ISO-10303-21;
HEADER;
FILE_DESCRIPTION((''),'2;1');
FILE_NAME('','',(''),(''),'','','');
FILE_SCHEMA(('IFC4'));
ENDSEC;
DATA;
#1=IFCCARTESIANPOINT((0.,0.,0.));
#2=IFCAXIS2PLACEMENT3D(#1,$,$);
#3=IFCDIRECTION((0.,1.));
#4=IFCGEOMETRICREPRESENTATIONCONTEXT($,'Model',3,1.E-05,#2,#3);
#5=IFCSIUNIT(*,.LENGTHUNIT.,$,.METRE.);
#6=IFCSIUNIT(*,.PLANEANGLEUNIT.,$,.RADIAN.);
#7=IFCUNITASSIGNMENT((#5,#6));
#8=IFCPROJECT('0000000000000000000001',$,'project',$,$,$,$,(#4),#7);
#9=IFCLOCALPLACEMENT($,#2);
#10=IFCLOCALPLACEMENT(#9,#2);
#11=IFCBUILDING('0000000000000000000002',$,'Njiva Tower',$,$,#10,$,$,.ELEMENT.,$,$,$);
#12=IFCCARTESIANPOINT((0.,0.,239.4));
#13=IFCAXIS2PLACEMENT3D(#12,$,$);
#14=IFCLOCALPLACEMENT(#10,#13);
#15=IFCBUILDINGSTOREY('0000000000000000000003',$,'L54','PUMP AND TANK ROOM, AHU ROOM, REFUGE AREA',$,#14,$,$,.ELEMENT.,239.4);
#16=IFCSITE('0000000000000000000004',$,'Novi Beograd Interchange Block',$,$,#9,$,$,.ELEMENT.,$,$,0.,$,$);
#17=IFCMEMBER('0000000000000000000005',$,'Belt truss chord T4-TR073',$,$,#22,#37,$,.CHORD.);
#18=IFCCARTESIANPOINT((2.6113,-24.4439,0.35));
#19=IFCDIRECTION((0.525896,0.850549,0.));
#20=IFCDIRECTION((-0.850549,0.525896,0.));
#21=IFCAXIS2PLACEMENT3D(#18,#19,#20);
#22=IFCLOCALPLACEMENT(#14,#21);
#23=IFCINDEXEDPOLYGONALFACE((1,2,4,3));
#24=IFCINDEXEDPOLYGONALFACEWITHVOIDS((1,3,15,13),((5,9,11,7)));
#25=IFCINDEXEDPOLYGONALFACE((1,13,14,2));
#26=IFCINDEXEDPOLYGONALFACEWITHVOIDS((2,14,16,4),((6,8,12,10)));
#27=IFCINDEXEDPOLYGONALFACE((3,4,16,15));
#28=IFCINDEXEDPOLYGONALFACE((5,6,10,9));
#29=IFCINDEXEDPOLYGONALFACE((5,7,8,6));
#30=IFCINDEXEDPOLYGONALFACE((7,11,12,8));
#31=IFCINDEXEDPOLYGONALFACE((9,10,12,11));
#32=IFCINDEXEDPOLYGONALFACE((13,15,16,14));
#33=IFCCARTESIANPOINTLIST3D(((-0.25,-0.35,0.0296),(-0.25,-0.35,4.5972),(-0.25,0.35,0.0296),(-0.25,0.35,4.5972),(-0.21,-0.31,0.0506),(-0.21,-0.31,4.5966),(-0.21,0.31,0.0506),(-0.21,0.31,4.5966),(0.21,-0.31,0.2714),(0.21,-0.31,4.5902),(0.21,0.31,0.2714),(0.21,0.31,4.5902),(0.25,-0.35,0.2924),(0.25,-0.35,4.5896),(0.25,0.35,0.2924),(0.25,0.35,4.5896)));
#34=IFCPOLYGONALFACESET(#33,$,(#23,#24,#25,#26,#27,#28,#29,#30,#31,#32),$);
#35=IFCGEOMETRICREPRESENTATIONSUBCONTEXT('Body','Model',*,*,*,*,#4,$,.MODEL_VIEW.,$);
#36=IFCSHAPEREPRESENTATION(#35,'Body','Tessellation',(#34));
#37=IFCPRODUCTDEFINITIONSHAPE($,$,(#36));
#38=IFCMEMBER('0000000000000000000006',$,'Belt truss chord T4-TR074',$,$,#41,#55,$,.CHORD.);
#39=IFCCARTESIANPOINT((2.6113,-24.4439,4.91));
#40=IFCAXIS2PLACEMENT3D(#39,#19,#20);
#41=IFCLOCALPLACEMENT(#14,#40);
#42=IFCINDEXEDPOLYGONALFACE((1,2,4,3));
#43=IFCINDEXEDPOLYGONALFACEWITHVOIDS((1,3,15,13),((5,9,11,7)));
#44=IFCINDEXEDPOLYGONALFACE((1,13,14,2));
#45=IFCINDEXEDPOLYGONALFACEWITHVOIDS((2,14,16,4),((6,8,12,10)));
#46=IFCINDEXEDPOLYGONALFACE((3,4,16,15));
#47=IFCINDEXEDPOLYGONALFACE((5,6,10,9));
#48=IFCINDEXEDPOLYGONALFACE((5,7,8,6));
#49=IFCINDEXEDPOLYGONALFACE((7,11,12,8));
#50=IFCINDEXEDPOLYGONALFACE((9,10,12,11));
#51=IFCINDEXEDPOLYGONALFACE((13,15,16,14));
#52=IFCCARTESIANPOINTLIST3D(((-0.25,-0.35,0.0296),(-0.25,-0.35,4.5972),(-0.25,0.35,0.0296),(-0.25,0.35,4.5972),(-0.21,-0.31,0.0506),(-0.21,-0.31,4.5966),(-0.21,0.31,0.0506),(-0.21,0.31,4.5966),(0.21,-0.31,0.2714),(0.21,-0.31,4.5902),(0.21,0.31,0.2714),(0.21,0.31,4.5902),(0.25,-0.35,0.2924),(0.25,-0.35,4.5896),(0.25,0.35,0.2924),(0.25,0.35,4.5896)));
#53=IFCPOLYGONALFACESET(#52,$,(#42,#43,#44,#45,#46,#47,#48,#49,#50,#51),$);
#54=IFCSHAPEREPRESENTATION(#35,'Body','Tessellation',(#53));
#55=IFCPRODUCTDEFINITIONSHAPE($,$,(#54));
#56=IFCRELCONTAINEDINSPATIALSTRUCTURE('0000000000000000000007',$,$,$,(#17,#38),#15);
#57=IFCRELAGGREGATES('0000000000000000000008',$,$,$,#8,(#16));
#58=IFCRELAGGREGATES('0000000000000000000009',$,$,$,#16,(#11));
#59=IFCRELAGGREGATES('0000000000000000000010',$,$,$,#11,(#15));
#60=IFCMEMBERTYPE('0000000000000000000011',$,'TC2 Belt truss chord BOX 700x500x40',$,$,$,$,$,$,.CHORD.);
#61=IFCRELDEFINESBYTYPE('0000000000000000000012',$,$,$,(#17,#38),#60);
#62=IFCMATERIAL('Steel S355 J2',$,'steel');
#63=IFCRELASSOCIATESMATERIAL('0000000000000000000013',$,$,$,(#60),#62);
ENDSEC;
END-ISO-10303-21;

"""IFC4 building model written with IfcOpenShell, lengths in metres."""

from ifc_helpers import new_model, si_unit, direction, frame, origin, origin_2d, place, context, subcontext, project, spatial, hollow_rectangle, extrude, clip, halfspace, material, material_profile, profile_set, type_object, element, save


model = new_model("IFC4")

# Units and contexts
model_context = context("Model", 3, precision=1e-05, world=origin(), true_north=direction((0.0, 1.0)))
body_context = subcontext(model_context, "Body", "Model", "MODEL_VIEW")
ifc_project = project(units=[si_unit("LENGTHUNIT", "METRE"), si_unit("PLANEANGLEUNIT", "RADIAN")], contexts=[model_context])

# Site, building, storey
site_placement = place(None, origin())
site = spatial("IfcSite", under=ifc_project, at=site_placement, Name="Novi Beograd Interchange Block", CompositionType="ELEMENT", RefElevation=0.0)
building_placement = place(site_placement, origin())
building = spatial("IfcBuilding", under=site, at=building_placement, Name="Njiva Tower", CompositionType="ELEMENT")
storey_placement = place(building_placement, frame((0.0, 0.0, 239.4)))
storey = spatial("IfcBuildingStorey", under=building, at=storey_placement, Name="L54", Description="PUMP AND TANK ROOM, AHU ROOM, REFUGE AREA", CompositionType="ELEMENT", Elevation=239.4)

# Shared definitions
ifc_material_1 = material(Name="Steel S355 J2", Category="steel")

# Members
ifc_material_profile_1 = material_profile(ifc_material_1, hollow_rectangle(XDim=0.5, YDim=0.7, WallThickness=0.04, at=origin_2d()), Name="BOX 700x500x40")
ifc_profile_set_1 = profile_set([ifc_material_profile_1], Name="Steel S355 J2")
member_type_1 = type_object("IfcMemberType", Name="TC2 Belt truss chord BOX 700x500x40", PredefinedType="CHORD", material=ifc_profile_set_1)
member_1_placement = place(storey_placement, frame((2.6113, -24.4439, 0.35), z_axis=(0.525896, 0.850549, 0.0), x_axis=(-0.850549, 0.525896, 0.0)))
element("IfcMember", 1, at=member_1_placement, inside=storey, type_object=member_type_1, Name="Belt truss chord T4-TR073", PredefinedType="CHORD", context=body_context, shape_type="Clipping", body=[
    clip(clip(extrude(hollow_rectangle(XDim=0.5, YDim=0.7, WallThickness=0.04, at=origin_2d()), origin(), (0.0, 0.0, 1.0), 4.6274), halfspace(frame((0.0, -239.75, 0.161), z_axis=(0.465206, 0.0, -0.885202), x_axis=(0.0, -1.0, 0.0)), False)), halfspace(frame((0.0, -239.75, 4.5934), z_axis=(0.015079, 0.0, 0.999886), x_axis=(0.0, 1.0, 0.0)), False)),
])
member_2_placement = place(storey_placement, frame((2.6113, -24.4439, 4.91), z_axis=(0.525896, 0.850549, 0.0), x_axis=(-0.850549, 0.525896, 0.0)))
element("IfcMember", 2, at=member_2_placement, inside=storey, type_object=member_type_1, Name="Belt truss chord T4-TR074", PredefinedType="CHORD", context=body_context, shape_type="Clipping", body=[
    clip(clip(extrude(hollow_rectangle(XDim=0.5, YDim=0.7, WallThickness=0.04, at=origin_2d()), origin(), (0.0, 0.0, 1.0), 4.6274), halfspace(frame((0.0, -244.31, 0.161), z_axis=(0.465206, 0.0, -0.885202), x_axis=(0.0, -1.0, 0.0)), False)), halfspace(frame((0.0, -244.31, 4.5934), z_axis=(0.015079, 0.0, 0.999886), x_axis=(0.0, 1.0, 0.0)), False)),
])

save(model, "model.ifc")
